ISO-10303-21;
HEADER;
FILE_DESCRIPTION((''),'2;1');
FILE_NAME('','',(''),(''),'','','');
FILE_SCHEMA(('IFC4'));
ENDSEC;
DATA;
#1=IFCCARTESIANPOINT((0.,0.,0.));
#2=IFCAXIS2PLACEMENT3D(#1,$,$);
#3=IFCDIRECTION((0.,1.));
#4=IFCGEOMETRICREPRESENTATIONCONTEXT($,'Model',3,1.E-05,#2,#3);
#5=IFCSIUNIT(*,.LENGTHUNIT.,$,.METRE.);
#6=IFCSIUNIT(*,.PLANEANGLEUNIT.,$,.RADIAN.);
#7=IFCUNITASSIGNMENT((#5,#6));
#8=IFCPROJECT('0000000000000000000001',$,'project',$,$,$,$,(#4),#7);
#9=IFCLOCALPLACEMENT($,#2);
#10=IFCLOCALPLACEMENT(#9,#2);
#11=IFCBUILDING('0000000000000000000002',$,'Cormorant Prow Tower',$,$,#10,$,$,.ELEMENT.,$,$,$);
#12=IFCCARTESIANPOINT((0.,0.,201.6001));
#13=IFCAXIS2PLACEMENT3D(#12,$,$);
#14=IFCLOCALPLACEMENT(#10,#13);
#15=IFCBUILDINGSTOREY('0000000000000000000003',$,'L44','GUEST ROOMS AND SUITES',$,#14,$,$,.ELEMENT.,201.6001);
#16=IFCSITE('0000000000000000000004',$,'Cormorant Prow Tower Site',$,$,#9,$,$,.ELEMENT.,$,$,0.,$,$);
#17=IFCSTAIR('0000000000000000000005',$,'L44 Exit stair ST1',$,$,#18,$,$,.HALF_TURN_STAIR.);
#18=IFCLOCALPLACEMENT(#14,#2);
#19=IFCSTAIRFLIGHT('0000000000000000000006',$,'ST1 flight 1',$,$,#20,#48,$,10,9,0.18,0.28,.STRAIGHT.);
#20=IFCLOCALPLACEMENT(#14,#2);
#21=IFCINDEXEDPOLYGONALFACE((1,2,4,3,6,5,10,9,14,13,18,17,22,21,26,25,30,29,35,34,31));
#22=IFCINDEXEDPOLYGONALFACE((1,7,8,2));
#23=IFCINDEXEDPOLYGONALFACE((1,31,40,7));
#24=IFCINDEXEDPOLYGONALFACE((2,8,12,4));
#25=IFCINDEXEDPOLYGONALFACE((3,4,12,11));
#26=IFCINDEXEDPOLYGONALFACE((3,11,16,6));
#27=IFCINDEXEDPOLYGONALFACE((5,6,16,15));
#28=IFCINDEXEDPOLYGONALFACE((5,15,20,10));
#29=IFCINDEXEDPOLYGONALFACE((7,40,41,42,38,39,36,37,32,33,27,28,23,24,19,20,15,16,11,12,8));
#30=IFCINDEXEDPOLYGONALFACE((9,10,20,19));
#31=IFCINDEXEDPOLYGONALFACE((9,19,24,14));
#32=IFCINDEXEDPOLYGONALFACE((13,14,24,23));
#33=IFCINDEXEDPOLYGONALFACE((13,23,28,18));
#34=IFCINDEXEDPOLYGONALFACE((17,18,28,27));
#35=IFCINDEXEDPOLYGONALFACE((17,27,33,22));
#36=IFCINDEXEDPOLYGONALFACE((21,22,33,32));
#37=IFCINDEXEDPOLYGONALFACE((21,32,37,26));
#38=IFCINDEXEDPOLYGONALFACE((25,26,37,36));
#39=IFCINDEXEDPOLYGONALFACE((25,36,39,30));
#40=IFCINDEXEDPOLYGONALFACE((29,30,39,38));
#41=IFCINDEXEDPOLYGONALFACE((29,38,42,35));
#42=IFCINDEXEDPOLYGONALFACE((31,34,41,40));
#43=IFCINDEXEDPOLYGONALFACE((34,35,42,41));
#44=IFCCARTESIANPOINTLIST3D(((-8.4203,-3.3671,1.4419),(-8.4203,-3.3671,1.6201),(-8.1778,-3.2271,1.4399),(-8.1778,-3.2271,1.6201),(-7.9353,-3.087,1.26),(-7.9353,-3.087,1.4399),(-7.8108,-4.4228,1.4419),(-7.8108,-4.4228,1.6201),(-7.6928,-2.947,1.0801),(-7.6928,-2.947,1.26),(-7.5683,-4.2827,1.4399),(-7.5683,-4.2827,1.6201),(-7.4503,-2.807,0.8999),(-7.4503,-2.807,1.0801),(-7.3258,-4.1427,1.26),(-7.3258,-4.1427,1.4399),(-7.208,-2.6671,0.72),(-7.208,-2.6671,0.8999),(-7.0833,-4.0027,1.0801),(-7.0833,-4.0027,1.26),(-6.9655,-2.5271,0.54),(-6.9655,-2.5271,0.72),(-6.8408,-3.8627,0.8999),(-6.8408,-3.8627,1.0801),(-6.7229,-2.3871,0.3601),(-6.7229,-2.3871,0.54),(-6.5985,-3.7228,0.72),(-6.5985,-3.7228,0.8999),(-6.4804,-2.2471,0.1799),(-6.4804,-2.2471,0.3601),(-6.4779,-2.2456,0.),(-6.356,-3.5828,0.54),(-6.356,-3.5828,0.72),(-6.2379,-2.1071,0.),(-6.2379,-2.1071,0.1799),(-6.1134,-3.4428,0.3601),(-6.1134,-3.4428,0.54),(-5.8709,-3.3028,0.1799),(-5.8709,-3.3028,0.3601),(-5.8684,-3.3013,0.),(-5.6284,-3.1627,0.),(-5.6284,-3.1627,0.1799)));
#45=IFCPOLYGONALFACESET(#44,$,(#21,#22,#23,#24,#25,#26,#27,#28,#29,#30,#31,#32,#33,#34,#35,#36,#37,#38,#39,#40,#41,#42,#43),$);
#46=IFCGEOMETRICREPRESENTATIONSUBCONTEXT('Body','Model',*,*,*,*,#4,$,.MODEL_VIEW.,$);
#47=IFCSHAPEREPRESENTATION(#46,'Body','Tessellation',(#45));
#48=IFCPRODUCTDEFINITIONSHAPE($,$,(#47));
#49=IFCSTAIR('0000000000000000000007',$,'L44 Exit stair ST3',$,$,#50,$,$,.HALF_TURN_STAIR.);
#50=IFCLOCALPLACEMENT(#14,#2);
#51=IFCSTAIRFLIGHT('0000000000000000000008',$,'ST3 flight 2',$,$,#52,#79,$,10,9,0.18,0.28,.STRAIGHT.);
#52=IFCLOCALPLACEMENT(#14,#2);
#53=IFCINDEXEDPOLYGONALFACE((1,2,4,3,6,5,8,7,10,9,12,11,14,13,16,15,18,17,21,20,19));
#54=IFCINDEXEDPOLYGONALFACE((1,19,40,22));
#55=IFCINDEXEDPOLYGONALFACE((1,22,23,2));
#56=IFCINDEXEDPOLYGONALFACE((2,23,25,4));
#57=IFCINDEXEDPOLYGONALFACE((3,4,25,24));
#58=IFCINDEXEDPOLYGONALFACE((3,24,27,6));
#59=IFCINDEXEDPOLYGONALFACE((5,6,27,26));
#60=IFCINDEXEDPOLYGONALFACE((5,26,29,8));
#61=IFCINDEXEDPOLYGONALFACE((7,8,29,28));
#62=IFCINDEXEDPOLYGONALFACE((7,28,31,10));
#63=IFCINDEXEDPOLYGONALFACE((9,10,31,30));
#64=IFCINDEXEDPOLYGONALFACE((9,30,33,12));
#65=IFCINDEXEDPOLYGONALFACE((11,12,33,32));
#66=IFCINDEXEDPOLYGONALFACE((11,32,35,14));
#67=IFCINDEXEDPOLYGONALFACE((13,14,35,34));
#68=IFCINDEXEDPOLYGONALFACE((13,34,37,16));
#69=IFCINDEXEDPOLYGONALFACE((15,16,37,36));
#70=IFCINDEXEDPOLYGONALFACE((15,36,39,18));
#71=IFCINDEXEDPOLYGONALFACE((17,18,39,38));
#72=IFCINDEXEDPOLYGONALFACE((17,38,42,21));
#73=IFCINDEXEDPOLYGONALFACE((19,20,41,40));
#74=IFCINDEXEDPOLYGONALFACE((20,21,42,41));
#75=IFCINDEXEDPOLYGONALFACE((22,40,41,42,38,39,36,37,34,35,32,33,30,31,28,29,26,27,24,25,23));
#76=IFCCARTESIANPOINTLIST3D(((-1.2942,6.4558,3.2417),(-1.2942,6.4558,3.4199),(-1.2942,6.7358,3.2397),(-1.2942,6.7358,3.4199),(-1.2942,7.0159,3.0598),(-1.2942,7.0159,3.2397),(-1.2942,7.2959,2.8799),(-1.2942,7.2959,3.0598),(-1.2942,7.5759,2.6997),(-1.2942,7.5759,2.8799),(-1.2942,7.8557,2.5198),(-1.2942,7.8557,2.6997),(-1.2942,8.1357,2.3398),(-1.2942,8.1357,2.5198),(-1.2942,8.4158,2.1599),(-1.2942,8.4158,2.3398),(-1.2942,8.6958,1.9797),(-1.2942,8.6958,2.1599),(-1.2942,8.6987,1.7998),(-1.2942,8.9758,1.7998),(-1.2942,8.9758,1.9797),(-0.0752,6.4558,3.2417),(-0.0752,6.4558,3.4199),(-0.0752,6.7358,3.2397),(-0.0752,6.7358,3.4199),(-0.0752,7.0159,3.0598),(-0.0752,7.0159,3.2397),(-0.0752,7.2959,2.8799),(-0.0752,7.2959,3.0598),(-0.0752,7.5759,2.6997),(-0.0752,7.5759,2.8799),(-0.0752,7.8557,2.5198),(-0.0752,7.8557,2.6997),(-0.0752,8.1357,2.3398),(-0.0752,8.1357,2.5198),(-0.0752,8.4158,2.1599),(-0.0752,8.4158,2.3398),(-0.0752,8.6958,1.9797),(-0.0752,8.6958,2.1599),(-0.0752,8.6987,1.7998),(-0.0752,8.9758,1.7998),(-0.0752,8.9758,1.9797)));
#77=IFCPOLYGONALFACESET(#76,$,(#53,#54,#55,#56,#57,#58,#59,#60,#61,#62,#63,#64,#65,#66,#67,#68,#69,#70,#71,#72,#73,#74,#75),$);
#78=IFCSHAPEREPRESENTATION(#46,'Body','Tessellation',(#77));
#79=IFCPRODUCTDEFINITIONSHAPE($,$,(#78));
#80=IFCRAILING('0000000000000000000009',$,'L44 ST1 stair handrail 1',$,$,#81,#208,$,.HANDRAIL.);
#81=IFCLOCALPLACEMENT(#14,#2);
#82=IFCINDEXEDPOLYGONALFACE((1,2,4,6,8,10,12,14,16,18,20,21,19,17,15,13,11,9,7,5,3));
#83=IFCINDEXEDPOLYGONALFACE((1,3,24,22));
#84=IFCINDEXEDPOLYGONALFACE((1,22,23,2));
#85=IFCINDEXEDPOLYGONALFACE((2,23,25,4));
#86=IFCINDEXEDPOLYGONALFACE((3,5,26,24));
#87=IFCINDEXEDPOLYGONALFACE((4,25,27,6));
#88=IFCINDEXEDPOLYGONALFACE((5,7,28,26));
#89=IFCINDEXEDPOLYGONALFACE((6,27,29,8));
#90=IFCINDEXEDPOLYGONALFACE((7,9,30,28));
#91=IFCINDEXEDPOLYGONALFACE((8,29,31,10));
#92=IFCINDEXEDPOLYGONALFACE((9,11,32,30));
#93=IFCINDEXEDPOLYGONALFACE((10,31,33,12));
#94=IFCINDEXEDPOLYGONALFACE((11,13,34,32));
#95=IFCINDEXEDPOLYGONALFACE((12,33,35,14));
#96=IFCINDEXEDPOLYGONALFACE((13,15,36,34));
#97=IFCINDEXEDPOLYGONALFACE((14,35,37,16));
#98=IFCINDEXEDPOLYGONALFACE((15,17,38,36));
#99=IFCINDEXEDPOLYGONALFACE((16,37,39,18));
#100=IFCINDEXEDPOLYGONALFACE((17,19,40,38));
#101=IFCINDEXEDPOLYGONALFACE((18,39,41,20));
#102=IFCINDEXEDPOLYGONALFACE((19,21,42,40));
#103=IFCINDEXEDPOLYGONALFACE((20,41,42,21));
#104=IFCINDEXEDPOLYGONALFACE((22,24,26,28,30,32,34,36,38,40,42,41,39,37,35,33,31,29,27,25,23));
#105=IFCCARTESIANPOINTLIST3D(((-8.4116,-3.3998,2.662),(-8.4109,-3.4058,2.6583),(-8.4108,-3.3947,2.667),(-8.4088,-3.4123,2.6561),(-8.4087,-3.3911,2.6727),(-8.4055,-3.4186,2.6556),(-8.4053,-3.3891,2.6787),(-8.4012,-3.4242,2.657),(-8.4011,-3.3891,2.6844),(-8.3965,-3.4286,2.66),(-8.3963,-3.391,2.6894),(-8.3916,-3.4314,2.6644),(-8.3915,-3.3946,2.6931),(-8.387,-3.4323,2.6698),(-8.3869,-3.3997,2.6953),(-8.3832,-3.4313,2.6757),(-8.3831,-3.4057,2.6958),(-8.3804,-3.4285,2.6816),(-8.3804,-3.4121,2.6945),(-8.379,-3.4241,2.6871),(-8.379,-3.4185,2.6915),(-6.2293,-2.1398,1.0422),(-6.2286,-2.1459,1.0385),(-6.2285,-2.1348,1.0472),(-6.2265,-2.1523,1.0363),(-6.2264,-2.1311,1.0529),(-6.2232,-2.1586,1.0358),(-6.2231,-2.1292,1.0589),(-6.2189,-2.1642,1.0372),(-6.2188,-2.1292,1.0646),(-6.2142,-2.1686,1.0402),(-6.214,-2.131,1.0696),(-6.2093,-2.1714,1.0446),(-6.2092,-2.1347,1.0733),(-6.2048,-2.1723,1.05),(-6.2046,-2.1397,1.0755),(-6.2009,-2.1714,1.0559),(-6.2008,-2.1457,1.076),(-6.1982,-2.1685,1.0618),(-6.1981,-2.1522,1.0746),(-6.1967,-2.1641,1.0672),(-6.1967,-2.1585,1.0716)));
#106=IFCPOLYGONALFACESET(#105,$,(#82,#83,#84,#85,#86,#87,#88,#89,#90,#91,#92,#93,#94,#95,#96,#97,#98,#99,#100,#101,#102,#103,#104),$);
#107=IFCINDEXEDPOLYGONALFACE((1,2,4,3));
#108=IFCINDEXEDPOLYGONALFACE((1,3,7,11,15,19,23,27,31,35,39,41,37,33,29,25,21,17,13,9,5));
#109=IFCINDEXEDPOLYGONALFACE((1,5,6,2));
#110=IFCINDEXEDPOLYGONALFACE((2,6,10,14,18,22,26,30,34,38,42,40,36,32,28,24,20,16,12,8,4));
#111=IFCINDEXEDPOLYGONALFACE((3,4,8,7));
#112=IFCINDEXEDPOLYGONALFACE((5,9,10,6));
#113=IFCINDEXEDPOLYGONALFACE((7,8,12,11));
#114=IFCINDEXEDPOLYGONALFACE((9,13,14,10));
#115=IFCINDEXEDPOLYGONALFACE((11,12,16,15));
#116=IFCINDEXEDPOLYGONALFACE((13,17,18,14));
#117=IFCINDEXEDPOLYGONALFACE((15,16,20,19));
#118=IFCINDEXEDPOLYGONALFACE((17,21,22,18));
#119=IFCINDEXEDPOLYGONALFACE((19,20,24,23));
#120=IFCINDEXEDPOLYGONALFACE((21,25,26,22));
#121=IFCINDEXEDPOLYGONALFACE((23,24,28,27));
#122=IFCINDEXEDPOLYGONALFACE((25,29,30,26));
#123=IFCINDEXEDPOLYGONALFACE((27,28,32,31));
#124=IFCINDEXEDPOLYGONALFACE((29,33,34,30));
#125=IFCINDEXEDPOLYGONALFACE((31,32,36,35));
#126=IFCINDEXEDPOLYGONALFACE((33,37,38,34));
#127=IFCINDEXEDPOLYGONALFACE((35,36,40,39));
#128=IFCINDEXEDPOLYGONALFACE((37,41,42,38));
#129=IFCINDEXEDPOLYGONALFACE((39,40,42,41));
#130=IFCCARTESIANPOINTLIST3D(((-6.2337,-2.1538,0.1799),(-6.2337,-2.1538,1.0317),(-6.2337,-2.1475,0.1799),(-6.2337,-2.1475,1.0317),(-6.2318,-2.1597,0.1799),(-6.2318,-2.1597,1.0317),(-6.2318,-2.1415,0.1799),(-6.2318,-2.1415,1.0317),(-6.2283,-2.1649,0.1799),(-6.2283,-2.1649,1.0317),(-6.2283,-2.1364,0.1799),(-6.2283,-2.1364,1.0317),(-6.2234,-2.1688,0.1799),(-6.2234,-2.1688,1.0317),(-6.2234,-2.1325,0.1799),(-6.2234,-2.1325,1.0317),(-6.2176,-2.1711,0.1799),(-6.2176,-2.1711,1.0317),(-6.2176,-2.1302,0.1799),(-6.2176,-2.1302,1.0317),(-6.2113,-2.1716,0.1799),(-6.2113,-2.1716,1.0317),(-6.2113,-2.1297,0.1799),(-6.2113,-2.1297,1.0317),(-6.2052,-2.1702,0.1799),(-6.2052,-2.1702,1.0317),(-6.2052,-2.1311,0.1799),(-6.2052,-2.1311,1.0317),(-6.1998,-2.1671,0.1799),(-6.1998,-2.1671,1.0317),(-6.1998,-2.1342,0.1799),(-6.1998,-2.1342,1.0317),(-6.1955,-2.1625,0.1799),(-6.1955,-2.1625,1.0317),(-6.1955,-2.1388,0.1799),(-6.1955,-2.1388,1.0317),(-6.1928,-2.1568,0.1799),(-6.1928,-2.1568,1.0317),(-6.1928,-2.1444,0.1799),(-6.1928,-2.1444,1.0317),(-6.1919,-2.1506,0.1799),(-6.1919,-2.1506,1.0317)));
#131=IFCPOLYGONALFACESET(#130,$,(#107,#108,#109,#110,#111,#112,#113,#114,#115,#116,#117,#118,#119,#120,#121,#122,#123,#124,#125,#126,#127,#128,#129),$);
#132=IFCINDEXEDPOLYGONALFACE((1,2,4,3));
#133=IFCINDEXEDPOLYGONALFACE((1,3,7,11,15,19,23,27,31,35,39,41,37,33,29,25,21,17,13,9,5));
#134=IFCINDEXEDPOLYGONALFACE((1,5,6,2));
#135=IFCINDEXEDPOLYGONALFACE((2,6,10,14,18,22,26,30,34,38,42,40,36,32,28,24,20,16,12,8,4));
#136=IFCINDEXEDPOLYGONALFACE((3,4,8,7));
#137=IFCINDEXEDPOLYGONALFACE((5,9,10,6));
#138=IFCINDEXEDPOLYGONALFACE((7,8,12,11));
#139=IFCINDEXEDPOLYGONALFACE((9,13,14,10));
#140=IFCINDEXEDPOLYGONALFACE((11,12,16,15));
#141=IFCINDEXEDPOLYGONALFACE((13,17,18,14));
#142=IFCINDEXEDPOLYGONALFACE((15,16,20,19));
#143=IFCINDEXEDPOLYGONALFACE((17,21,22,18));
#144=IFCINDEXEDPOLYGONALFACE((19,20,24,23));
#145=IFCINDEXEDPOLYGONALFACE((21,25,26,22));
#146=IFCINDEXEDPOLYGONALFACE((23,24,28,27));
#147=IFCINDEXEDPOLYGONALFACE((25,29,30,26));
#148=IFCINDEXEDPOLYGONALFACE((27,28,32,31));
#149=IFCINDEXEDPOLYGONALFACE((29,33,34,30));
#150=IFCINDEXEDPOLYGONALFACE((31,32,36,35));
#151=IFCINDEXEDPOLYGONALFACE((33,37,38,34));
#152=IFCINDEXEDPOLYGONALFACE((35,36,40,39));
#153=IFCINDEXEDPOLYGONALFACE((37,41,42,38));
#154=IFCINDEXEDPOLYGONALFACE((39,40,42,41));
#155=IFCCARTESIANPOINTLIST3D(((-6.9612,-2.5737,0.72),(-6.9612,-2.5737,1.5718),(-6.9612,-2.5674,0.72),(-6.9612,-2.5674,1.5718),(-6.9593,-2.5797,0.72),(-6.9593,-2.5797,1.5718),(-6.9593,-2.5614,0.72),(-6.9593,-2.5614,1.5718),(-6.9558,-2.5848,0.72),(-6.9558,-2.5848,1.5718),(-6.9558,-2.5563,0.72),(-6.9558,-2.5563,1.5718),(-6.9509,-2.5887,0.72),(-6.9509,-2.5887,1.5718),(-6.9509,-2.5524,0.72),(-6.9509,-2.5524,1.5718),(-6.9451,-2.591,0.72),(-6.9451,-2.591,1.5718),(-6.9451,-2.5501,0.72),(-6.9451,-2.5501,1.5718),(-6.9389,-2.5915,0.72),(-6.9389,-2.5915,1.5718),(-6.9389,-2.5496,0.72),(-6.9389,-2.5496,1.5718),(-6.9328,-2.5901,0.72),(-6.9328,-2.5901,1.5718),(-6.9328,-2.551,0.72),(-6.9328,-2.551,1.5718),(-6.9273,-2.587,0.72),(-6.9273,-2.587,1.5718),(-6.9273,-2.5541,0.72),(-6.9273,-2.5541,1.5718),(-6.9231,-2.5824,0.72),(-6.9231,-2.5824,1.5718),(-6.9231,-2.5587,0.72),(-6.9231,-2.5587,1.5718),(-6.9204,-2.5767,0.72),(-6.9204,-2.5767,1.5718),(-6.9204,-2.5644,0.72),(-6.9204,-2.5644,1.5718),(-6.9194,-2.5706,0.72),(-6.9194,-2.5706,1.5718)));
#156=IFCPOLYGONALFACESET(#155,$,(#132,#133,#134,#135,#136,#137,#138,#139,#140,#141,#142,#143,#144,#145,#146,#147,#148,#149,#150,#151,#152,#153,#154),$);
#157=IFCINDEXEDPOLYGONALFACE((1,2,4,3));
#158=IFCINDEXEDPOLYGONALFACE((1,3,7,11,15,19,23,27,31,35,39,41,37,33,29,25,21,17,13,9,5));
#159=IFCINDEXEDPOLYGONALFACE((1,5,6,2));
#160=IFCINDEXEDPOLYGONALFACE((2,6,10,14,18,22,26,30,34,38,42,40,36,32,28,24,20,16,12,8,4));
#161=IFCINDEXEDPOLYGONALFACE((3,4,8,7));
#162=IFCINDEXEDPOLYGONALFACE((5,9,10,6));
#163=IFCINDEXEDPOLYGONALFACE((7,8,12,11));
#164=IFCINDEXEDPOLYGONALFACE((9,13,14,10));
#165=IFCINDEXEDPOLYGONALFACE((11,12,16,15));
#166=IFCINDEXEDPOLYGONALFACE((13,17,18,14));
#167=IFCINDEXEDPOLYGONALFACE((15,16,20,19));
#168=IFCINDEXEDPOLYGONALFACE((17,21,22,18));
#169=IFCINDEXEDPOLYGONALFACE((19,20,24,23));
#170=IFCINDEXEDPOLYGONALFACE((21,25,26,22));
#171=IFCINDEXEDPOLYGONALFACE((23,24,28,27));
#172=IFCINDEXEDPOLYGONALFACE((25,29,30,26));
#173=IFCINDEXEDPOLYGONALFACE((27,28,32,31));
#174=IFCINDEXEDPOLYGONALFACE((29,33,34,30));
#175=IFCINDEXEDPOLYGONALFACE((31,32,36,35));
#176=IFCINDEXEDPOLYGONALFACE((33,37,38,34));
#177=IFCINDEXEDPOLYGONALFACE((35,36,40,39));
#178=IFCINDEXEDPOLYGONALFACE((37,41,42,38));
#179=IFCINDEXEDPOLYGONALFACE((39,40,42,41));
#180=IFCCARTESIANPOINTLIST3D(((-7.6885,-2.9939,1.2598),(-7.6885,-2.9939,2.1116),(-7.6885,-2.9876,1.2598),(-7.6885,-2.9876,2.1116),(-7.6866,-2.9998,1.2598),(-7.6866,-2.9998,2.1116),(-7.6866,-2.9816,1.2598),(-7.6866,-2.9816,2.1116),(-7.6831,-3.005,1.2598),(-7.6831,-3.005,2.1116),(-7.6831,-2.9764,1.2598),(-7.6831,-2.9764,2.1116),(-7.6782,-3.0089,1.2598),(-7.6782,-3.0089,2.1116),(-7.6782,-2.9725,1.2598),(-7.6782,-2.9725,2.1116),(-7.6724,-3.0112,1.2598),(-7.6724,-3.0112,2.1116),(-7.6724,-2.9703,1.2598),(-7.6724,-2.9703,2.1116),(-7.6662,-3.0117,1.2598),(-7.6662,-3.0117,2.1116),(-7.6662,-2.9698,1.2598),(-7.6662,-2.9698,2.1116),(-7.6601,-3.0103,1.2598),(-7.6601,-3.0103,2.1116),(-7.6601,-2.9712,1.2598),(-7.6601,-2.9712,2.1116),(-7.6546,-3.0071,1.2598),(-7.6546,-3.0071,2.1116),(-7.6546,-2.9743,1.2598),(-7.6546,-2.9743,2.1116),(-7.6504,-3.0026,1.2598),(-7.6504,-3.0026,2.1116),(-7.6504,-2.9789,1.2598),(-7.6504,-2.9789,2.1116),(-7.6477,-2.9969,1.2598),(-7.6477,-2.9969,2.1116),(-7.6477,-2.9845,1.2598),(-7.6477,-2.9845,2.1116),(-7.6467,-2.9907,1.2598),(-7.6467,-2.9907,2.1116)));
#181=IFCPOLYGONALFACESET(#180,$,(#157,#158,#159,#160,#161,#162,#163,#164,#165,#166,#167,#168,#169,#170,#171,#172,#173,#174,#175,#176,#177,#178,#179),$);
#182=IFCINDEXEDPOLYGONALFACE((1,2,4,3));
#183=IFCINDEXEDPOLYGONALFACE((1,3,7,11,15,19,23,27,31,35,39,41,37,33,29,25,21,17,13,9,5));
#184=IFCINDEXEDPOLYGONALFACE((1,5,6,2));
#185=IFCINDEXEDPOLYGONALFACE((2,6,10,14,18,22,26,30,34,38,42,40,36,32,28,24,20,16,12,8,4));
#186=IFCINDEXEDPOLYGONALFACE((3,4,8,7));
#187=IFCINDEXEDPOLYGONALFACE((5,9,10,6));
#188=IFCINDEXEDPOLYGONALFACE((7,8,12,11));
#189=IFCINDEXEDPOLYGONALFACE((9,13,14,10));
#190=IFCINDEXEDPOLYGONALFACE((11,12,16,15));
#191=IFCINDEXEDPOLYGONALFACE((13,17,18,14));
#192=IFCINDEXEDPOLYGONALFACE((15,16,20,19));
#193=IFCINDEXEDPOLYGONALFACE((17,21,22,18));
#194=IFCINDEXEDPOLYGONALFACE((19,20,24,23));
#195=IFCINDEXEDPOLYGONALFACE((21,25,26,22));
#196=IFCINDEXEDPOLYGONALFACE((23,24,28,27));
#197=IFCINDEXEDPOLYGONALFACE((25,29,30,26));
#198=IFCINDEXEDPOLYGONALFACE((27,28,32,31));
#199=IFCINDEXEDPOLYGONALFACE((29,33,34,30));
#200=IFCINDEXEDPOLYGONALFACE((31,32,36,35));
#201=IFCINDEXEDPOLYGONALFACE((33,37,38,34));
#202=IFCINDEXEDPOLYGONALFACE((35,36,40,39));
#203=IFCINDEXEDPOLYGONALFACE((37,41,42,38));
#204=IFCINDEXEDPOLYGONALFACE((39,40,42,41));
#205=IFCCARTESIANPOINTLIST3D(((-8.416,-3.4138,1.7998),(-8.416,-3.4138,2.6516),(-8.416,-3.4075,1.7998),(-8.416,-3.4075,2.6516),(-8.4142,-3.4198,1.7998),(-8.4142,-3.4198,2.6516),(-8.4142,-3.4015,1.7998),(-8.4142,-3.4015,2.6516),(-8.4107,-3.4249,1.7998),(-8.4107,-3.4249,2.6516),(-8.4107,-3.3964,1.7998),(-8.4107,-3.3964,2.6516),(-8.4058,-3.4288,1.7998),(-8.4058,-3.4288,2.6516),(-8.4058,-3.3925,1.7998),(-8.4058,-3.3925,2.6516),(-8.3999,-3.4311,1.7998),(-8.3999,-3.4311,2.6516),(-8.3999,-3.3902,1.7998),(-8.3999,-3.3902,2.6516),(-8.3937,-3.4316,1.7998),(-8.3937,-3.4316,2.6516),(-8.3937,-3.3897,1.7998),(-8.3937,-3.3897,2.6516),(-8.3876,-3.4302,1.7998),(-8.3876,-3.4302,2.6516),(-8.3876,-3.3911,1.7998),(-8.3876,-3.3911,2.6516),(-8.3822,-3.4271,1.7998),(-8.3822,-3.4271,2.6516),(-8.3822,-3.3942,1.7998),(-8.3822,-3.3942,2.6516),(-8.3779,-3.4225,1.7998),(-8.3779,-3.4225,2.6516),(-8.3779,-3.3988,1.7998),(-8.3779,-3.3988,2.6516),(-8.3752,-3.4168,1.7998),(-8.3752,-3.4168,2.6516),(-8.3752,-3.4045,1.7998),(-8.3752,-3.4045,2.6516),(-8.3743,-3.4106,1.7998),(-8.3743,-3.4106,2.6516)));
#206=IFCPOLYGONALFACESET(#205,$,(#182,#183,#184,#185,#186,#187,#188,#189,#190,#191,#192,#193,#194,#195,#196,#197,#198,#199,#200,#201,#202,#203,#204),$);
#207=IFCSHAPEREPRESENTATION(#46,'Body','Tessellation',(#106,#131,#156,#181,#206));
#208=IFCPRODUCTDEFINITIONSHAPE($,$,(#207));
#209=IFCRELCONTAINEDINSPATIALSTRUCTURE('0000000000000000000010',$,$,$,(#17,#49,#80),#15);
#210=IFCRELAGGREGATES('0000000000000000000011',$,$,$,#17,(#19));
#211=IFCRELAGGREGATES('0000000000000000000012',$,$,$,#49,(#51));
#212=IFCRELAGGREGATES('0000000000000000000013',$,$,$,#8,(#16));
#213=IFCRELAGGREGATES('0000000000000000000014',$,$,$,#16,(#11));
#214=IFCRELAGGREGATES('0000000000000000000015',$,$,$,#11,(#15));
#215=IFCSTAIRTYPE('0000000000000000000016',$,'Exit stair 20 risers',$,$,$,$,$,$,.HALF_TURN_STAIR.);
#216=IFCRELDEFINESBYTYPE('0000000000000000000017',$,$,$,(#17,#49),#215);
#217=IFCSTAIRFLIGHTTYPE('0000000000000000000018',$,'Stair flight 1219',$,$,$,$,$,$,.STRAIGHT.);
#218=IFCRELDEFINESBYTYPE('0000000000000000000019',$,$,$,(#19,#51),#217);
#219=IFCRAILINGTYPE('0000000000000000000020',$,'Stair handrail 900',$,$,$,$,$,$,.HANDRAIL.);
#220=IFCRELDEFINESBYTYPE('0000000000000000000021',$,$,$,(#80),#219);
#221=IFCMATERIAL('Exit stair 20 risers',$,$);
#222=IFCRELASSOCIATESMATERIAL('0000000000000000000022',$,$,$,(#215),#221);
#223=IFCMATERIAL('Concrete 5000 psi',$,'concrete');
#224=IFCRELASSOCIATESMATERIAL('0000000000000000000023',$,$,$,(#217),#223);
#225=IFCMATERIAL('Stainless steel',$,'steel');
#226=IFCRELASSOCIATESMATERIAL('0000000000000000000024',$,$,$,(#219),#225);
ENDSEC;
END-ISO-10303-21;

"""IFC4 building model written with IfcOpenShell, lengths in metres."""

from ifc_helpers import new_model, si_unit, direction, frame, origin, origin_2d, place, context, subcontext, project, spatial, polyline, circle, outline, extrude, material, type_object, element, aggregate, save


model = new_model("IFC4")

# Units and contexts
model_context = context("Model", 3, precision=1e-05, world=origin(), true_north=direction((0.0, 1.0)))
body_context = subcontext(model_context, "Body", "Model", "MODEL_VIEW")
ifc_project = project(units=[si_unit("LENGTHUNIT", "METRE"), si_unit("PLANEANGLEUNIT", "RADIAN")], contexts=[model_context])

# Site, building, storey
site_placement = place(None, origin())
site = spatial("IfcSite", under=ifc_project, at=site_placement, Name="Cormorant Prow Tower Site", CompositionType="ELEMENT", RefElevation=0.0)
building_placement = place(site_placement, origin())
building = spatial("IfcBuilding", under=site, at=building_placement, Name="Cormorant Prow Tower", CompositionType="ELEMENT")
storey_placement = place(building_placement, frame((0.0, 0.0, 201.6001)))
storey = spatial("IfcBuildingStorey", under=building, at=storey_placement, Name="L44", Description="GUEST ROOMS AND SUITES", CompositionType="ELEMENT", Elevation=201.6001)

# Stairs, stair flights
ifc_material_1 = material(Name="Exit stair 20 risers")
stair_type = type_object("IfcStairType", Name="Exit stair 20 risers", PredefinedType="HALF_TURN_STAIR", material=ifc_material_1)
stair_1_placement = place(storey_placement, origin())
stair_1 = element("IfcStair", 1, at=stair_1_placement, inside=storey, type_object=stair_type, Name="L44 Exit stair ST1", PredefinedType="HALF_TURN_STAIR")
ifc_material_2 = material(Name="Concrete 5000 psi", Category="concrete")
stair_flight_type = type_object("IfcStairFlightType", Name="Stair flight 1219", PredefinedType="STRAIGHT", material=ifc_material_2)
stair_flight_1_placement = place(storey_placement, frame((-5.9331, -2.635, 0.0), z_axis=(0.0, 0.0, 1.0), x_axis=(-0.866025, -0.5, 0.0)))
stair_flight_1 = element("IfcStairFlight", 2, at=stair_flight_1_placement, type_object=stair_flight_type, Name="ST1 flight 1", NumberOfRisers=10, NumberOfTreads=9, PredefinedType="STRAIGHT", RiserHeight=0.18, TreadLength=0.28, context=body_context, shape_type="SweptSolid", body=[
    extrude(outline(polyline([(0.0, 0.0), (0.0, 0.1799), (0.28, 0.1799), (0.28, 0.3601), (0.5601, 0.3601), (0.5601, 0.54), (0.8401, 0.54), (0.8401, 0.72), (1.1201, 0.72), (1.1201, 0.8999), (1.3999, 0.8999), (1.3999, 1.0801), (1.6799, 1.0801), (1.6799, 1.26), (1.96, 1.26), (1.96, 1.4399), (2.24, 1.4399), (2.24, 1.6201), (2.52, 1.6201), (2.52, 1.8), (2.52, 1.4419), (0.2771, 0.0), (0.0, 0.0)])), frame((0.0, 0.6094, 0.0), z_axis=(0.0, -1.0, 0.0), x_axis=(1.0, 0.0, 0.0)), (0.0, 0.0, 1.0), 1.219),
])
aggregate(stair_1, [stair_flight_1])
stair_2_placement = place(storey_placement, origin())
stair_2 = element("IfcStair", 3, at=stair_2_placement, inside=storey, type_object=stair_type, Name="L44 Exit stair ST3", PredefinedType="HALF_TURN_STAIR")
stair_flight_2_placement = place(storey_placement, frame((-0.6846, 8.9758, 1.7998), z_axis=(0.0, 0.0, 1.0), x_axis=(0.0, -1.0, 0.0)))
stair_flight_2 = element("IfcStairFlight", 4, at=stair_flight_2_placement, type_object=stair_flight_type, Name="ST3 flight 2", NumberOfRisers=10, NumberOfTreads=9, PredefinedType="STRAIGHT", RiserHeight=0.18, TreadLength=0.28, context=body_context, shape_type="SweptSolid", body=[
    extrude(outline(polyline([(0.0, 0.0), (0.0, 0.1799), (0.28, 0.1799), (0.28, 0.3601), (0.5601, 0.3601), (0.5601, 0.54), (0.8401, 0.54), (0.8401, 0.72), (1.1201, 0.72), (1.1201, 0.8999), (1.3999, 0.8999), (1.3999, 1.0801), (1.6799, 1.0801), (1.6799, 1.26), (1.96, 1.26), (1.96, 1.4399), (2.24, 1.4399), (2.24, 1.6201), (2.52, 1.6201), (2.52, 1.8), (2.52, 1.4419), (0.2771, 0.0), (0.0, 0.0)])), frame((0.0, 0.6094, 0.0), z_axis=(0.0, -1.0, 0.0), x_axis=(1.0, 0.0, 0.0)), (0.0, 0.0, 1.0), 1.219),
])
aggregate(stair_2, [stair_flight_2])

# Railing
ifc_material_3 = material(Name="Stainless steel", Category="steel")
railing_type = type_object("IfcRailingType", Name="Stair handrail 900", PredefinedType="HANDRAIL", material=ifc_material_3)
railing_1_placement = place(storey_placement, frame((-6.2129, -2.1506, 0.1799)))
element("IfcRailing", 5, at=railing_1_placement, inside=storey, type_object=railing_type, Name="L44 ST1 stair handrail 1", PredefinedType="HANDRAIL", context=body_context, shape_type="SweptSolid", body=[
    extrude(circle(Radius=0.0239, at=origin_2d()), frame((0.0, 0.0, 0.876), z_axis=(-0.728496, -0.420603, 0.540728), x_axis=(0.500005, -0.866023, 0.0)), (0.0, 0.0, 1.0), 2.9956),
    extrude(circle(Radius=0.021, at=origin_2d()), origin(), (0.0, 0.0, 1.0), 0.8518),
    extrude(circle(Radius=0.021, at=origin_2d()), frame((-0.7275, -0.4199, 0.54)), (0.0, 0.0, 1.0), 0.8518),
    extrude(circle(Radius=0.021, at=origin_2d()), frame((-1.4548, -0.8401, 1.0798)), (0.0, 0.0, 1.0), 0.8518),
    extrude(circle(Radius=0.021, at=origin_2d()), frame((-2.1824, -1.26, 1.6199)), (0.0, 0.0, 1.0), 0.8518),
])

save(model, "model.ifc")
